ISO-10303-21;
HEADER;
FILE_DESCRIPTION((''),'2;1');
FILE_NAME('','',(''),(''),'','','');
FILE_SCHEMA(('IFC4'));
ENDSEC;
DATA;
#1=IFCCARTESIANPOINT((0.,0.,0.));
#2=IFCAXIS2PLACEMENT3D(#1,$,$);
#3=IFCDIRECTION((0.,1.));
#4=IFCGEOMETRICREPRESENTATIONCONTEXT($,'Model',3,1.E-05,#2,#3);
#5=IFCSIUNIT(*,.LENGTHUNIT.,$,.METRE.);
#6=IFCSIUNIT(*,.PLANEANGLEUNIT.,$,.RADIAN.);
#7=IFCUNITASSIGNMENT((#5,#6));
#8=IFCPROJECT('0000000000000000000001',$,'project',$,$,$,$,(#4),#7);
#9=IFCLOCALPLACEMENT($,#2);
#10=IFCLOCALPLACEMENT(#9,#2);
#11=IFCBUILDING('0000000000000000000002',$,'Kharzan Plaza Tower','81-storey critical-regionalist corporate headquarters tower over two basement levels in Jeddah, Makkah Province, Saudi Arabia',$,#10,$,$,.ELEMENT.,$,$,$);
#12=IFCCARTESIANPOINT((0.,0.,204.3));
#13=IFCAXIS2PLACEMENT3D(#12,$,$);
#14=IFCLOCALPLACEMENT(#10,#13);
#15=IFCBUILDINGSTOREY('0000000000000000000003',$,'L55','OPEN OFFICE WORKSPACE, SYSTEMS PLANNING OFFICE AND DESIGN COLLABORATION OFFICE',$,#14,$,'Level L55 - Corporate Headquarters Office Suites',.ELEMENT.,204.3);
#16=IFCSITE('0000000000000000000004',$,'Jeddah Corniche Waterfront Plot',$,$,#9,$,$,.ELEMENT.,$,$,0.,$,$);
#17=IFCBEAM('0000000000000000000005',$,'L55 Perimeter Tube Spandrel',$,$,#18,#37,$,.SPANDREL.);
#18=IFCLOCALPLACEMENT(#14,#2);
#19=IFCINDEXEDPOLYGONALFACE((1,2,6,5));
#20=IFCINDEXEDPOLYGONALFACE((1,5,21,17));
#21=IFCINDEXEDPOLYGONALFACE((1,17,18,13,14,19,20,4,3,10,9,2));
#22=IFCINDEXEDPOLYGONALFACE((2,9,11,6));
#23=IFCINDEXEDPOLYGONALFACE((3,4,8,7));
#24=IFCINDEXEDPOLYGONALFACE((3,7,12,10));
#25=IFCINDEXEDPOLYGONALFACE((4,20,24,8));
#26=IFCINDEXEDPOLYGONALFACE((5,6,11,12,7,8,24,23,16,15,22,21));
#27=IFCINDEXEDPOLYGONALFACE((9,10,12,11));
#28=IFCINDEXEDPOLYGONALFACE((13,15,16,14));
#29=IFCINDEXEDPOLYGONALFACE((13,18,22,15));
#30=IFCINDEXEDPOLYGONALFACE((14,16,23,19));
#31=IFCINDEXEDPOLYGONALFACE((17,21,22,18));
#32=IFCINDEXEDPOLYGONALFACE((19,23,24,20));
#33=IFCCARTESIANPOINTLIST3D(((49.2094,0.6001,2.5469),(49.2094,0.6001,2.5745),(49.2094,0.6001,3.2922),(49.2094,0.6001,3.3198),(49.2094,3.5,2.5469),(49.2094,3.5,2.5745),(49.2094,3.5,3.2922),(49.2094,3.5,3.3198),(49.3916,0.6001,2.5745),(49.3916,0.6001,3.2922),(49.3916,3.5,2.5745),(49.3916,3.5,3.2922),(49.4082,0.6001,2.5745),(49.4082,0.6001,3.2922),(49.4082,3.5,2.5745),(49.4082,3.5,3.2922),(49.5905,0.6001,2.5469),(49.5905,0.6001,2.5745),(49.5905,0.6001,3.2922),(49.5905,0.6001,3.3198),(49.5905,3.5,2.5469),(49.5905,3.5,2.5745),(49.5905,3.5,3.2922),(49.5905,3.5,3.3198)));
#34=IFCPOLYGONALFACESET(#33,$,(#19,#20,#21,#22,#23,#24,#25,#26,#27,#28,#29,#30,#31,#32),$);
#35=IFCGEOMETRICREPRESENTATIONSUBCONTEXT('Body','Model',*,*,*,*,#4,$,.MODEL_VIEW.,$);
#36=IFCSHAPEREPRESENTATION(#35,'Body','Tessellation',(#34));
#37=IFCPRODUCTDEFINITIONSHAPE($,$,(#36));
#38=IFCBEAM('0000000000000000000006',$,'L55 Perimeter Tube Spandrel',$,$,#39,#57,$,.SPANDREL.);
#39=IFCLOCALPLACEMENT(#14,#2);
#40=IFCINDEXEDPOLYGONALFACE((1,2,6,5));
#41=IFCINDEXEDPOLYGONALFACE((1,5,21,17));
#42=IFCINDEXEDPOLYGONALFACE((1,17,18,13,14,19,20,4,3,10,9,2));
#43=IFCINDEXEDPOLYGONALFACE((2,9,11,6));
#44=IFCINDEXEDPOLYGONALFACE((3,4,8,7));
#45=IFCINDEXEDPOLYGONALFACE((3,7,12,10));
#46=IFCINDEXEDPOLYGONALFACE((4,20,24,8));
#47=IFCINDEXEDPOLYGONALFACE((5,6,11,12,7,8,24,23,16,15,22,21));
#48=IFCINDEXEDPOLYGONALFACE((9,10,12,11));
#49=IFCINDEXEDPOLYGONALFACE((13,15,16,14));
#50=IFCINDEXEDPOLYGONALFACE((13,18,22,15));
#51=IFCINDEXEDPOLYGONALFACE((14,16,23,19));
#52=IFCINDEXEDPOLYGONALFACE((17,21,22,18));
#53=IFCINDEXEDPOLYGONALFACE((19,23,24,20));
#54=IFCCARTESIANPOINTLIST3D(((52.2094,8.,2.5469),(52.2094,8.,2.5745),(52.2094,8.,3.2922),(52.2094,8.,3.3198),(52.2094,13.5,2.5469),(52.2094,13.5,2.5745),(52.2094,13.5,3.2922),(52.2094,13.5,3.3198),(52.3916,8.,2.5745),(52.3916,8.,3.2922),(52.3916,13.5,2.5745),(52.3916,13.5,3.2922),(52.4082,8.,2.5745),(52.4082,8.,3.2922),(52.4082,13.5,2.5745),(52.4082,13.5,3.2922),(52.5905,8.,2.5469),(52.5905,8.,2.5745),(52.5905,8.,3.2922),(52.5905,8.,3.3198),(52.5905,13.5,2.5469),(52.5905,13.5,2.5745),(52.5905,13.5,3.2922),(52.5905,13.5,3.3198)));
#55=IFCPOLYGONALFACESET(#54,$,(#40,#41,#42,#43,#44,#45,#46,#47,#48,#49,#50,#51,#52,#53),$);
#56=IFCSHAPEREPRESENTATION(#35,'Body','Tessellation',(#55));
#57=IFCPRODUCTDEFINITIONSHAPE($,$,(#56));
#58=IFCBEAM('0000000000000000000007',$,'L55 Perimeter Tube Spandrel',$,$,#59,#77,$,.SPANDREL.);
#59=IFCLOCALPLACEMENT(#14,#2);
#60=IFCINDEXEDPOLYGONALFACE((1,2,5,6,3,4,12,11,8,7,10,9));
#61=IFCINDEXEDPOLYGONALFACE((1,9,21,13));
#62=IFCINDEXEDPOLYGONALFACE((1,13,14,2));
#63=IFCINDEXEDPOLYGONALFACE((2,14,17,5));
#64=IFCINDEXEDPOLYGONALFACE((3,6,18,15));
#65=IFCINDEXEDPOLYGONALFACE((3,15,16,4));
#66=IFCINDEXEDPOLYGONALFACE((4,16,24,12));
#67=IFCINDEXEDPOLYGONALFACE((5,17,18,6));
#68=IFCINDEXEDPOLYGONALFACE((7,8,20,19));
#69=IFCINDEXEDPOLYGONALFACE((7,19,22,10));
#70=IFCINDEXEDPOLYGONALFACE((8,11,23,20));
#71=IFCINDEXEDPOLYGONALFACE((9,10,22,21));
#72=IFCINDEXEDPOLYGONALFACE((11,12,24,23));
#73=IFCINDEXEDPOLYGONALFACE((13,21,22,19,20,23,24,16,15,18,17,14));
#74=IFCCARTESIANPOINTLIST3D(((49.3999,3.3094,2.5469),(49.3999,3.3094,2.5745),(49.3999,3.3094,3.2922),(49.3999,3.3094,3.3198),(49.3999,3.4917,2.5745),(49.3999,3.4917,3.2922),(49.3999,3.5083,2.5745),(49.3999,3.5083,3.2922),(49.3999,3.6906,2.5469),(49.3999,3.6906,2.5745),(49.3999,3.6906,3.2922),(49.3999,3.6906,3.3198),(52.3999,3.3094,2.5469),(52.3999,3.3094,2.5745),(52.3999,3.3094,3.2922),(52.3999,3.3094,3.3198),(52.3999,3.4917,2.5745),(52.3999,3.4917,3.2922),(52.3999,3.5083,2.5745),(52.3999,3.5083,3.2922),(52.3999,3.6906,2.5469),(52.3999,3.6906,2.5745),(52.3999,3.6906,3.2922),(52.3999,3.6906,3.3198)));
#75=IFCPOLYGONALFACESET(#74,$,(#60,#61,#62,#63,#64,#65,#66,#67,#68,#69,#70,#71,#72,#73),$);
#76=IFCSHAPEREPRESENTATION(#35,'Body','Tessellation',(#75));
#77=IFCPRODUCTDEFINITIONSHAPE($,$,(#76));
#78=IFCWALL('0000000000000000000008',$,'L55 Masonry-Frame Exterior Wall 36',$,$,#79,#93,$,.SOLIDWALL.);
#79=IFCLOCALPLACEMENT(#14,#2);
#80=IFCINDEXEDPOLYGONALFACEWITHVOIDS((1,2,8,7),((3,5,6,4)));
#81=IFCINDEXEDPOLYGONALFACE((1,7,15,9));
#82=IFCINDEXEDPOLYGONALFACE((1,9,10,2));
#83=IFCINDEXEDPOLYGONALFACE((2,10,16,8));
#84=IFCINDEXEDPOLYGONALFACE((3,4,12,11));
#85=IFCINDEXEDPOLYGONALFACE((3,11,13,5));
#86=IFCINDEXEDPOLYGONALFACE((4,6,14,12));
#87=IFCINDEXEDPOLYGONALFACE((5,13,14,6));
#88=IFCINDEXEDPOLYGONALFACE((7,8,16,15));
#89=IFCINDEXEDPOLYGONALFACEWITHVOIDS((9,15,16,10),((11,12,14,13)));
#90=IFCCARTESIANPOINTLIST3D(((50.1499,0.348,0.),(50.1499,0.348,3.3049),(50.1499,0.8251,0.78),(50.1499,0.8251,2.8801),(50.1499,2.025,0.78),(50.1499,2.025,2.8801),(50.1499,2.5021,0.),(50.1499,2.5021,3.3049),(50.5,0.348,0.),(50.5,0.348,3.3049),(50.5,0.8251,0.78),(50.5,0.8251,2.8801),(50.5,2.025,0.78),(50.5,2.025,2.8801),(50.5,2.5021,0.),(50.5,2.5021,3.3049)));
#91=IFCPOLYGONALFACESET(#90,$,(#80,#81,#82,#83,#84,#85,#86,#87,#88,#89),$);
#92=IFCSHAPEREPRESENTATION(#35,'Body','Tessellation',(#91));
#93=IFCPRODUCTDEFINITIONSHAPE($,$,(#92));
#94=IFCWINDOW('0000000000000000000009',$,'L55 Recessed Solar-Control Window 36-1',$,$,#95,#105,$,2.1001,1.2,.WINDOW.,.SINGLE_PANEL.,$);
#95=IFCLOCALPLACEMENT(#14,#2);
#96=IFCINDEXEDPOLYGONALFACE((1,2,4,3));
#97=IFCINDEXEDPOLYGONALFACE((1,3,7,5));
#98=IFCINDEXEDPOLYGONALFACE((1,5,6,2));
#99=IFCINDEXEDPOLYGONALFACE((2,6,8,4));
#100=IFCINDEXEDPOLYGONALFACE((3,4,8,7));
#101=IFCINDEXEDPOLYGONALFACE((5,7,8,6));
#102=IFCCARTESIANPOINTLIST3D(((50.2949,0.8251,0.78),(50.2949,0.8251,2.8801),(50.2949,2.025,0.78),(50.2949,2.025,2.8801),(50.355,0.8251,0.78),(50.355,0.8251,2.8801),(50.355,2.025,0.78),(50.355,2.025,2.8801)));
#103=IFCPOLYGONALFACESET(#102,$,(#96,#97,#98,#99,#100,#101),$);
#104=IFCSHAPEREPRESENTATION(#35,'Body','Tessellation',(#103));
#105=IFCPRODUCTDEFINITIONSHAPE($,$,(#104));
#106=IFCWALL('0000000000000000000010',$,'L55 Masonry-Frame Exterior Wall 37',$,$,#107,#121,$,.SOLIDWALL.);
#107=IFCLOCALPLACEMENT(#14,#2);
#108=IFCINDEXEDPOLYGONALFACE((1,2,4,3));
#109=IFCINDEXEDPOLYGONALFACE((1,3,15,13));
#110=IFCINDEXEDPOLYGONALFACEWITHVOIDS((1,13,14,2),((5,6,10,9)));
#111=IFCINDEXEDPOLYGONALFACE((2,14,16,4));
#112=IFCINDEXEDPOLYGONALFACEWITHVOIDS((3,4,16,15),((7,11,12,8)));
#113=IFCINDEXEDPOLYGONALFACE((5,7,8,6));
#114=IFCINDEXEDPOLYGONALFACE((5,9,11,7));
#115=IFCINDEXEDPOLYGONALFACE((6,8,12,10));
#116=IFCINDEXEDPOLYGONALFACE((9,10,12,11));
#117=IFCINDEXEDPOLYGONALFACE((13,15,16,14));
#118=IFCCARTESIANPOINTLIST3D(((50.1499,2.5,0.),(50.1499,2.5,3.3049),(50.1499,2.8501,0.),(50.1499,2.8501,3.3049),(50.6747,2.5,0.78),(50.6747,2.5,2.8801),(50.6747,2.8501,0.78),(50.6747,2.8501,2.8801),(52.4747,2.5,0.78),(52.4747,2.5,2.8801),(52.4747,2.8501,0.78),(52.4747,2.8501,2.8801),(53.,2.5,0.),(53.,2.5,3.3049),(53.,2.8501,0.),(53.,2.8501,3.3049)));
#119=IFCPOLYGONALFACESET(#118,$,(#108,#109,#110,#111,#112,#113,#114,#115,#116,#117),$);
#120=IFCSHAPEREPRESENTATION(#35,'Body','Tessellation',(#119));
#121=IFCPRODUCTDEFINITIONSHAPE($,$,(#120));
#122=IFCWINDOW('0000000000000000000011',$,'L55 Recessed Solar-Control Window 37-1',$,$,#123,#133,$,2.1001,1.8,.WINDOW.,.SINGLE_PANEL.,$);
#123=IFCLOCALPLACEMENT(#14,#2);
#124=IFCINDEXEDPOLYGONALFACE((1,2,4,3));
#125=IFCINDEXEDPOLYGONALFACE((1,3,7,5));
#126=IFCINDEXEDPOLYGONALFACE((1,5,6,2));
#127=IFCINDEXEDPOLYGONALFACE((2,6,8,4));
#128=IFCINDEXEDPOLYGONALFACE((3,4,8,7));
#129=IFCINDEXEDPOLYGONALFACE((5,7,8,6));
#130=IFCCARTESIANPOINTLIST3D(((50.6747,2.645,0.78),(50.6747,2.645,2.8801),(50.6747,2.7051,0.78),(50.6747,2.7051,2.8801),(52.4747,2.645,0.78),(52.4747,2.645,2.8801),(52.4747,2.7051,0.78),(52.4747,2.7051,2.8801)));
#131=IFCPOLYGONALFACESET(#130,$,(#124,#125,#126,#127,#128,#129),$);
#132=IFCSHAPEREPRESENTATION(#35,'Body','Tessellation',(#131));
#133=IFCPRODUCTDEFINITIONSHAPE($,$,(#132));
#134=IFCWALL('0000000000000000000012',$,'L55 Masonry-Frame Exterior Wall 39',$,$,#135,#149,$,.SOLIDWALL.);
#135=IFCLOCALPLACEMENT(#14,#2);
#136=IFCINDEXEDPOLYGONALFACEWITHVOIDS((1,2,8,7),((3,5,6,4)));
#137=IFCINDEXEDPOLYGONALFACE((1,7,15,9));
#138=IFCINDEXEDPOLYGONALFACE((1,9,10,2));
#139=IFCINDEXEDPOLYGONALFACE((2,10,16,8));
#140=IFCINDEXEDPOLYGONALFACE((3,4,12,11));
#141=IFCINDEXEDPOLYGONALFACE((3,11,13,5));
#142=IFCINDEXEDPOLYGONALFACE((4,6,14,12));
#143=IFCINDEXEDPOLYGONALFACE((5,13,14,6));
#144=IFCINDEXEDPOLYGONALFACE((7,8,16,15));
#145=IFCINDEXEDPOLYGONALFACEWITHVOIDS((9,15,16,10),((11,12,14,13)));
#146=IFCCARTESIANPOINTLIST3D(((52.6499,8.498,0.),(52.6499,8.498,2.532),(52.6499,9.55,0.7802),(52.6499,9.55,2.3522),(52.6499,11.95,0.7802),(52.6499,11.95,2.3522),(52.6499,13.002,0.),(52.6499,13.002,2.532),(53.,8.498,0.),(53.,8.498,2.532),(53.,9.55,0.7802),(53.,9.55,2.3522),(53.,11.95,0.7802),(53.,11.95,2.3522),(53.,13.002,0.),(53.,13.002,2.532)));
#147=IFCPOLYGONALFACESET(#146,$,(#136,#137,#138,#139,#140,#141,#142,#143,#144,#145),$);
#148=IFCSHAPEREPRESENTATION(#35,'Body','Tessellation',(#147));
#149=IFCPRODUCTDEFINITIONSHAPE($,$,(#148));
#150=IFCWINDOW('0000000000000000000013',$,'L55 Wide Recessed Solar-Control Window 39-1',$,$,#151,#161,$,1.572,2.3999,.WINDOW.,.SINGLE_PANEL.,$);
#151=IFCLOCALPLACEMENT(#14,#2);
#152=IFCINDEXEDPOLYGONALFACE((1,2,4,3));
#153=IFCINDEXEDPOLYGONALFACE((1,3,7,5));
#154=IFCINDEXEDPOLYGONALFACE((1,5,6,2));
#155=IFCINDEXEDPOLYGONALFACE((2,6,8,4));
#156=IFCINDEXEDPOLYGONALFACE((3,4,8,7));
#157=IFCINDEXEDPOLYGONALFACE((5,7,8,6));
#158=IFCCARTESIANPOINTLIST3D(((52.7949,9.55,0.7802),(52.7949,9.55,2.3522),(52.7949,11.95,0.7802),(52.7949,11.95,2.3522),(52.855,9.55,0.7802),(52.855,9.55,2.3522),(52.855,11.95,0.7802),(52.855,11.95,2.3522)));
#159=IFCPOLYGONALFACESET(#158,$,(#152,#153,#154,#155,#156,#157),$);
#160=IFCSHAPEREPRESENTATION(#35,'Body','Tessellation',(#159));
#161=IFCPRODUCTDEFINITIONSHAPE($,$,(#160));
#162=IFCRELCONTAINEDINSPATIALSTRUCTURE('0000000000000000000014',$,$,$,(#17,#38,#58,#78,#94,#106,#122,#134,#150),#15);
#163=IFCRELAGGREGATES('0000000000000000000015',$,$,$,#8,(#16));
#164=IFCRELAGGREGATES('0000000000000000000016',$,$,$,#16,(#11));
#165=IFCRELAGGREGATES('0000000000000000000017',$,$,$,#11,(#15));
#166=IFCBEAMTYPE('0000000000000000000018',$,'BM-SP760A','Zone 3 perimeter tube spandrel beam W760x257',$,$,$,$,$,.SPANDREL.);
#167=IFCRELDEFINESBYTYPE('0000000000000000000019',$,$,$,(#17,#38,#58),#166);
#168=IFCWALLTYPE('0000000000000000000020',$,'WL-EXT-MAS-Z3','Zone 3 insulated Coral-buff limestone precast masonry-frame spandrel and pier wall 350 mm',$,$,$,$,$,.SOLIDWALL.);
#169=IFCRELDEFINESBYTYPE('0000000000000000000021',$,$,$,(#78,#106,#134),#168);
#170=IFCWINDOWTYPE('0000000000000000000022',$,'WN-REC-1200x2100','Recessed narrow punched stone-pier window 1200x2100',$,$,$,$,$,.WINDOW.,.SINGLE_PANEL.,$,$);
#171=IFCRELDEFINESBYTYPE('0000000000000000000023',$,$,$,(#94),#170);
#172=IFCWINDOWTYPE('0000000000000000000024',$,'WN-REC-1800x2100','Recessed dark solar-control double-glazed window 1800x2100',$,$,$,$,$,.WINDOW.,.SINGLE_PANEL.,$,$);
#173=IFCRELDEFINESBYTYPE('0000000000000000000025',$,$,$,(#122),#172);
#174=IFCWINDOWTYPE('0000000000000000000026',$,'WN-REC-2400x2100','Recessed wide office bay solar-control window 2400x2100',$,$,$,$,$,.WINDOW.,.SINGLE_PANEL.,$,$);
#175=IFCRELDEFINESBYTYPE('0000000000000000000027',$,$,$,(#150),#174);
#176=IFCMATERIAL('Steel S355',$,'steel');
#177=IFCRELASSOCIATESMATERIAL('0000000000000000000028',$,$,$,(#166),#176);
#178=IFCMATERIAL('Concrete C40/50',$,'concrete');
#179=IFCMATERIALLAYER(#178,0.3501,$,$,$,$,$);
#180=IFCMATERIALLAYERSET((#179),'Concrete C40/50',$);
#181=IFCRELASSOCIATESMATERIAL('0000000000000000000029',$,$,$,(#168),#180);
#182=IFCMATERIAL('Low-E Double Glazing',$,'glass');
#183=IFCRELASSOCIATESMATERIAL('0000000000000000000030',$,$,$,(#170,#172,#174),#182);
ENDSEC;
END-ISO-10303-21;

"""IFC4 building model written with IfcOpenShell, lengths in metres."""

from ifc_helpers import new_model, si_unit, direction, frame, frame_2d, origin, origin_2d, place, context, subcontext, project, spatial, rectangle, i_section, extrude, source, transform, mapped, material, layer, layer_set, material_profile, profile_set, type_object, element, fill, save


model = new_model("IFC4")

# Units and contexts
model_context = context("Model", 3, precision=1e-05, world=origin(), true_north=direction((0.0, 1.0)))
body_context = subcontext(model_context, "Body", "Model", "MODEL_VIEW")
ifc_project = project(units=[si_unit("LENGTHUNIT", "METRE"), si_unit("PLANEANGLEUNIT", "RADIAN")], contexts=[model_context])

# Site, building, storey
site_placement = place(None, origin())
site = spatial("IfcSite", under=ifc_project, at=site_placement, Name="Jeddah Corniche Waterfront Plot", CompositionType="ELEMENT", RefElevation=0.0)
building_placement = place(site_placement, origin())
building = spatial("IfcBuilding", under=site, at=building_placement, Name="Kharzan Plaza Tower", Description="81-storey critical-regionalist corporate headquarters tower over two basement levels in Jeddah, Makkah Province, Saudi Arabia", CompositionType="ELEMENT")
storey_placement = place(building_placement, frame((0.0, 0.0, 204.3)))
storey = spatial("IfcBuildingStorey", under=building, at=storey_placement, Name="L55", Description="OPEN OFFICE WORKSPACE, SYSTEMS PLANNING OFFICE AND DESIGN COLLABORATION OFFICE", LongName="Level L55 - Corporate Headquarters Office Suites", CompositionType="ELEMENT", Elevation=204.3)

# Beams
ifc_material_1 = material(Name="Steel S355", Category="steel")
ifc_material_profile_1 = material_profile(ifc_material_1, i_section(OverallWidth=0.3811, OverallDepth=0.7729, WebThickness=0.0166, FlangeThickness=0.0276, at=origin_2d()), Name="W760x257")
ifc_profile_set_1 = profile_set([ifc_material_profile_1], Name="Steel S355")
beam_type_1 = type_object("IfcBeamType", Name="BM-SP760A", Description="Zone 3 perimeter tube spandrel beam W760x257", PredefinedType="SPANDREL", material=ifc_profile_set_1)
shared_shape_1 = source(origin(), body_context, "Body", "SweptSolid", [
    extrude(i_section(OverallWidth=0.3811, OverallDepth=0.7729, WebThickness=0.0166, FlangeThickness=0.0276, at=origin_2d()), origin(), (0.0, 0.0, 1.0), 2.8999),
])
beam_1_placement = place(storey_placement, frame((49.3999, 0.6001, 2.9333), z_axis=(0.0, 1.0, 0.0), x_axis=(-1.0, 0.0, 0.0)))
element("IfcBeam", 1, at=beam_1_placement, inside=storey, type_object=beam_type_1, Name="L55 Perimeter Tube Spandrel", PredefinedType="SPANDREL", context=body_context, shape_type="MappedRepresentation", body=[
    mapped(shared_shape_1, transform((0.0, 0.0, 0.0), x_axis=(1.0, 0.0, 0.0), y_axis=(0.0, 1.0, 0.0), z_axis=(0.0, 0.0, 1.0))),
])
shared_shape_2 = source(origin(), body_context, "Body", "SweptSolid", [
    extrude(i_section(OverallWidth=0.3811, OverallDepth=0.7729, WebThickness=0.0166, FlangeThickness=0.0276, at=origin_2d()), origin(), (0.0, 0.0, 1.0), 5.5),
])
beam_2_placement = place(storey_placement, frame((52.3999, 8.0, 2.9333), z_axis=(0.0, 1.0, 0.0), x_axis=(-1.0, 0.0, 0.0)))
element("IfcBeam", 2, at=beam_2_placement, inside=storey, type_object=beam_type_1, Name="L55 Perimeter Tube Spandrel", PredefinedType="SPANDREL", context=body_context, shape_type="MappedRepresentation", body=[
    mapped(shared_shape_2, transform((0.0, 0.0, 0.0), x_axis=(1.0, 0.0, 0.0), y_axis=(0.0, 1.0, 0.0), z_axis=(0.0, 0.0, 1.0))),
])
shared_shape_3 = source(origin(), body_context, "Body", "SweptSolid", [
    extrude(i_section(OverallWidth=0.3811, OverallDepth=0.7729, WebThickness=0.0166, FlangeThickness=0.0276, at=origin_2d()), origin(), (0.0, 0.0, 1.0), 3.0),
])
beam_3_placement = place(storey_placement, frame((49.3999, 3.5, 2.9333), z_axis=(1.0, 0.0, 0.0), x_axis=(0.0, 1.0, 0.0)))
element("IfcBeam", 3, at=beam_3_placement, inside=storey, type_object=beam_type_1, Name="L55 Perimeter Tube Spandrel", PredefinedType="SPANDREL", context=body_context, shape_type="MappedRepresentation", body=[
    mapped(shared_shape_3, transform((0.0, 0.0, 0.0), x_axis=(1.0, 0.0, 0.0), y_axis=(0.0, 1.0, 0.0), z_axis=(0.0, 0.0, 1.0))),
])

# Walls, openings, windows
ifc_material_2 = material(Name="Concrete C40/50", Category="concrete")
ifc_layer_1 = layer(ifc_material_2, 0.3501)
ifc_layer_set_1 = layer_set([ifc_layer_1], Name="Concrete C40/50")
wall_type_1 = type_object("IfcWallType", Name="WL-EXT-MAS-Z3", Description="Zone 3 insulated Coral-buff limestone precast masonry-frame spandrel and pier wall 350 mm", PredefinedType="SOLIDWALL", material=ifc_layer_set_1)
wall_1_placement = place(storey_placement, frame((50.325, 0.3479, 0.0), z_axis=(0.0, 0.0, 1.0), x_axis=(0.0, 1.0, 0.0)))
wall_1 = element("IfcWall", 4, at=wall_1_placement, inside=storey, type_object=wall_type_1, Name="L55 Masonry-Frame Exterior Wall 36", PredefinedType="SOLIDWALL", context=body_context, shape_type="SweptSolid", body=[
    extrude(rectangle(XDim=2.1541, YDim=0.3501, at=frame_2d((1.0771, 0.0))), origin(), (0.0, 0.0, 1.0), 3.3049),
])
opening_1_placement = place(wall_1_placement, frame((0.4771, 0.0, 0.78)))
opening_1 = element("IfcOpeningElement", 5, at=opening_1_placement, cuts=wall_1, PredefinedType="OPENING", context=body_context, shape_type="SweptSolid", body=[
    extrude(rectangle(XDim=1.2, YDim=2.1001, at=frame_2d((0.6001, 1.05))), frame((0.0, 0.1851, 0.0), z_axis=(0.0, -1.0, 0.0), x_axis=(1.0, 0.0, 0.0)), (0.0, 0.0, 1.0), 0.3701),
])
ifc_material_3 = material(Name="Low-E Double Glazing", Category="glass")
window_type_1 = type_object("IfcWindowType", Name="WN-REC-1200x2100", Description="Recessed narrow punched stone-pier window 1200x2100", PartitioningType="SINGLE_PANEL", PredefinedType="WINDOW", material=ifc_material_3)
shared_shape_4 = source(origin(), body_context, "Body", "SweptSolid", [
    extrude(rectangle(XDim=1.2, YDim=2.1001, at=frame_2d((0.6001, 1.05))), frame((0.0, 0.03, 0.0), z_axis=(0.0, -1.0, 0.0), x_axis=(1.0, 0.0, 0.0)), (0.0, 0.0, 1.0), 0.0601),
])
window_1_placement = place(opening_1_placement, origin())
window_1 = element("IfcWindow", 6, at=window_1_placement, inside=storey, type_object=window_type_1, Name="L55 Recessed Solar-Control Window 36-1", OverallHeight=2.1001, OverallWidth=1.2, PartitioningType="SINGLE_PANEL", PredefinedType="WINDOW", context=body_context, shape_type="MappedRepresentation", body=[
    mapped(shared_shape_4, transform((0.0, 0.0, 0.0), x_axis=(1.0, 0.0, 0.0), y_axis=(0.0, 1.0, 0.0), z_axis=(0.0, 0.0, 1.0))),
])
fill(opening_1, window_1)
wall_2_placement = place(storey_placement, frame((50.1499, 2.675, 0.0), z_axis=(0.0, 0.0, 1.0), x_axis=(1.0, 0.0, 0.0)))
wall_2 = element("IfcWall", 7, at=wall_2_placement, inside=storey, type_object=wall_type_1, Name="L55 Masonry-Frame Exterior Wall 37", PredefinedType="SOLIDWALL", context=body_context, shape_type="SweptSolid", body=[
    extrude(rectangle(XDim=2.8501, YDim=0.3501, at=frame_2d((1.425, 0.0))), origin(), (0.0, 0.0, 1.0), 3.3049),
])
opening_2_placement = place(wall_2_placement, frame((0.5249, 0.0, 0.78)))
opening_2 = element("IfcOpeningElement", 8, at=opening_2_placement, cuts=wall_2, PredefinedType="OPENING", context=body_context, shape_type="SweptSolid", body=[
    extrude(rectangle(XDim=1.8, YDim=2.1001, at=frame_2d((0.8999, 1.05))), frame((0.0, 0.1851, 0.0), z_axis=(0.0, -1.0, 0.0), x_axis=(1.0, 0.0, 0.0)), (0.0, 0.0, 1.0), 0.3701),
])
window_type_2 = type_object("IfcWindowType", Name="WN-REC-1800x2100", Description="Recessed dark solar-control double-glazed window 1800x2100", PartitioningType="SINGLE_PANEL", PredefinedType="WINDOW", material=ifc_material_3)
shared_shape_5 = source(origin(), body_context, "Body", "SweptSolid", [
    extrude(rectangle(XDim=1.8, YDim=2.1001, at=frame_2d((0.8999, 1.05))), frame((0.0, 0.03, 0.0), z_axis=(0.0, -1.0, 0.0), x_axis=(1.0, 0.0, 0.0)), (0.0, 0.0, 1.0), 0.0601),
])
window_2_placement = place(opening_2_placement, origin())
window_2 = element("IfcWindow", 9, at=window_2_placement, inside=storey, type_object=window_type_2, Name="L55 Recessed Solar-Control Window 37-1", OverallHeight=2.1001, OverallWidth=1.8, PartitioningType="SINGLE_PANEL", PredefinedType="WINDOW", context=body_context, shape_type="MappedRepresentation", body=[
    mapped(shared_shape_5, transform((0.0, 0.0, 0.0), x_axis=(1.0, 0.0, 0.0), y_axis=(0.0, 1.0, 0.0), z_axis=(0.0, 0.0, 1.0))),
])
fill(opening_2, window_2)
wall_3_placement = place(storey_placement, frame((52.825, 8.498, 0.0), z_axis=(0.0, 0.0, 1.0), x_axis=(0.0, 1.0, 0.0)))
wall_3 = element("IfcWall", 10, at=wall_3_placement, inside=storey, type_object=wall_type_1, Name="L55 Masonry-Frame Exterior Wall 39", PredefinedType="SOLIDWALL", context=body_context, shape_type="SweptSolid", body=[
    extrude(rectangle(XDim=4.5039, YDim=0.3501, at=frame_2d((2.252, 0.0))), origin(), (0.0, 0.0, 1.0), 2.532),
])
opening_3_placement = place(wall_3_placement, frame((1.052, 0.0, 0.78)))
opening_3 = element("IfcOpeningElement", 11, at=opening_3_placement, cuts=wall_3, PredefinedType="OPENING", context=body_context, shape_type="SweptSolid", body=[
    extrude(rectangle(XDim=2.3999, YDim=1.572, at=frame_2d((1.2, 0.7861))), frame((0.0, 0.1851, 0.0), z_axis=(0.0, -1.0, 0.0), x_axis=(1.0, 0.0, 0.0)), (0.0, 0.0, 1.0), 0.3701),
])
window_type_3 = type_object("IfcWindowType", Name="WN-REC-2400x2100", Description="Recessed wide office bay solar-control window 2400x2100", PartitioningType="SINGLE_PANEL", PredefinedType="WINDOW", material=ifc_material_3)
shared_shape_6 = source(origin(), body_context, "Body", "SweptSolid", [
    extrude(rectangle(XDim=2.3999, YDim=1.572, at=frame_2d((1.2, 0.7861))), frame((0.0, 0.03, 0.0), z_axis=(0.0, -1.0, 0.0), x_axis=(1.0, 0.0, 0.0)), (0.0, 0.0, 1.0), 0.0601),
])
window_3_placement = place(opening_3_placement, origin())
window_3 = element("IfcWindow", 12, at=window_3_placement, inside=storey, type_object=window_type_3, Name="L55 Wide Recessed Solar-Control Window 39-1", OverallHeight=1.572, OverallWidth=2.3999, PartitioningType="SINGLE_PANEL", PredefinedType="WINDOW", context=body_context, shape_type="MappedRepresentation", body=[
    mapped(shared_shape_6, transform((0.0, 0.0, 0.0), x_axis=(1.0, 0.0, 0.0), y_axis=(0.0, 1.0, 0.0), z_axis=(0.0, 0.0, 1.0))),
])
fill(opening_3, window_3)

save(model, "model.ifc")
